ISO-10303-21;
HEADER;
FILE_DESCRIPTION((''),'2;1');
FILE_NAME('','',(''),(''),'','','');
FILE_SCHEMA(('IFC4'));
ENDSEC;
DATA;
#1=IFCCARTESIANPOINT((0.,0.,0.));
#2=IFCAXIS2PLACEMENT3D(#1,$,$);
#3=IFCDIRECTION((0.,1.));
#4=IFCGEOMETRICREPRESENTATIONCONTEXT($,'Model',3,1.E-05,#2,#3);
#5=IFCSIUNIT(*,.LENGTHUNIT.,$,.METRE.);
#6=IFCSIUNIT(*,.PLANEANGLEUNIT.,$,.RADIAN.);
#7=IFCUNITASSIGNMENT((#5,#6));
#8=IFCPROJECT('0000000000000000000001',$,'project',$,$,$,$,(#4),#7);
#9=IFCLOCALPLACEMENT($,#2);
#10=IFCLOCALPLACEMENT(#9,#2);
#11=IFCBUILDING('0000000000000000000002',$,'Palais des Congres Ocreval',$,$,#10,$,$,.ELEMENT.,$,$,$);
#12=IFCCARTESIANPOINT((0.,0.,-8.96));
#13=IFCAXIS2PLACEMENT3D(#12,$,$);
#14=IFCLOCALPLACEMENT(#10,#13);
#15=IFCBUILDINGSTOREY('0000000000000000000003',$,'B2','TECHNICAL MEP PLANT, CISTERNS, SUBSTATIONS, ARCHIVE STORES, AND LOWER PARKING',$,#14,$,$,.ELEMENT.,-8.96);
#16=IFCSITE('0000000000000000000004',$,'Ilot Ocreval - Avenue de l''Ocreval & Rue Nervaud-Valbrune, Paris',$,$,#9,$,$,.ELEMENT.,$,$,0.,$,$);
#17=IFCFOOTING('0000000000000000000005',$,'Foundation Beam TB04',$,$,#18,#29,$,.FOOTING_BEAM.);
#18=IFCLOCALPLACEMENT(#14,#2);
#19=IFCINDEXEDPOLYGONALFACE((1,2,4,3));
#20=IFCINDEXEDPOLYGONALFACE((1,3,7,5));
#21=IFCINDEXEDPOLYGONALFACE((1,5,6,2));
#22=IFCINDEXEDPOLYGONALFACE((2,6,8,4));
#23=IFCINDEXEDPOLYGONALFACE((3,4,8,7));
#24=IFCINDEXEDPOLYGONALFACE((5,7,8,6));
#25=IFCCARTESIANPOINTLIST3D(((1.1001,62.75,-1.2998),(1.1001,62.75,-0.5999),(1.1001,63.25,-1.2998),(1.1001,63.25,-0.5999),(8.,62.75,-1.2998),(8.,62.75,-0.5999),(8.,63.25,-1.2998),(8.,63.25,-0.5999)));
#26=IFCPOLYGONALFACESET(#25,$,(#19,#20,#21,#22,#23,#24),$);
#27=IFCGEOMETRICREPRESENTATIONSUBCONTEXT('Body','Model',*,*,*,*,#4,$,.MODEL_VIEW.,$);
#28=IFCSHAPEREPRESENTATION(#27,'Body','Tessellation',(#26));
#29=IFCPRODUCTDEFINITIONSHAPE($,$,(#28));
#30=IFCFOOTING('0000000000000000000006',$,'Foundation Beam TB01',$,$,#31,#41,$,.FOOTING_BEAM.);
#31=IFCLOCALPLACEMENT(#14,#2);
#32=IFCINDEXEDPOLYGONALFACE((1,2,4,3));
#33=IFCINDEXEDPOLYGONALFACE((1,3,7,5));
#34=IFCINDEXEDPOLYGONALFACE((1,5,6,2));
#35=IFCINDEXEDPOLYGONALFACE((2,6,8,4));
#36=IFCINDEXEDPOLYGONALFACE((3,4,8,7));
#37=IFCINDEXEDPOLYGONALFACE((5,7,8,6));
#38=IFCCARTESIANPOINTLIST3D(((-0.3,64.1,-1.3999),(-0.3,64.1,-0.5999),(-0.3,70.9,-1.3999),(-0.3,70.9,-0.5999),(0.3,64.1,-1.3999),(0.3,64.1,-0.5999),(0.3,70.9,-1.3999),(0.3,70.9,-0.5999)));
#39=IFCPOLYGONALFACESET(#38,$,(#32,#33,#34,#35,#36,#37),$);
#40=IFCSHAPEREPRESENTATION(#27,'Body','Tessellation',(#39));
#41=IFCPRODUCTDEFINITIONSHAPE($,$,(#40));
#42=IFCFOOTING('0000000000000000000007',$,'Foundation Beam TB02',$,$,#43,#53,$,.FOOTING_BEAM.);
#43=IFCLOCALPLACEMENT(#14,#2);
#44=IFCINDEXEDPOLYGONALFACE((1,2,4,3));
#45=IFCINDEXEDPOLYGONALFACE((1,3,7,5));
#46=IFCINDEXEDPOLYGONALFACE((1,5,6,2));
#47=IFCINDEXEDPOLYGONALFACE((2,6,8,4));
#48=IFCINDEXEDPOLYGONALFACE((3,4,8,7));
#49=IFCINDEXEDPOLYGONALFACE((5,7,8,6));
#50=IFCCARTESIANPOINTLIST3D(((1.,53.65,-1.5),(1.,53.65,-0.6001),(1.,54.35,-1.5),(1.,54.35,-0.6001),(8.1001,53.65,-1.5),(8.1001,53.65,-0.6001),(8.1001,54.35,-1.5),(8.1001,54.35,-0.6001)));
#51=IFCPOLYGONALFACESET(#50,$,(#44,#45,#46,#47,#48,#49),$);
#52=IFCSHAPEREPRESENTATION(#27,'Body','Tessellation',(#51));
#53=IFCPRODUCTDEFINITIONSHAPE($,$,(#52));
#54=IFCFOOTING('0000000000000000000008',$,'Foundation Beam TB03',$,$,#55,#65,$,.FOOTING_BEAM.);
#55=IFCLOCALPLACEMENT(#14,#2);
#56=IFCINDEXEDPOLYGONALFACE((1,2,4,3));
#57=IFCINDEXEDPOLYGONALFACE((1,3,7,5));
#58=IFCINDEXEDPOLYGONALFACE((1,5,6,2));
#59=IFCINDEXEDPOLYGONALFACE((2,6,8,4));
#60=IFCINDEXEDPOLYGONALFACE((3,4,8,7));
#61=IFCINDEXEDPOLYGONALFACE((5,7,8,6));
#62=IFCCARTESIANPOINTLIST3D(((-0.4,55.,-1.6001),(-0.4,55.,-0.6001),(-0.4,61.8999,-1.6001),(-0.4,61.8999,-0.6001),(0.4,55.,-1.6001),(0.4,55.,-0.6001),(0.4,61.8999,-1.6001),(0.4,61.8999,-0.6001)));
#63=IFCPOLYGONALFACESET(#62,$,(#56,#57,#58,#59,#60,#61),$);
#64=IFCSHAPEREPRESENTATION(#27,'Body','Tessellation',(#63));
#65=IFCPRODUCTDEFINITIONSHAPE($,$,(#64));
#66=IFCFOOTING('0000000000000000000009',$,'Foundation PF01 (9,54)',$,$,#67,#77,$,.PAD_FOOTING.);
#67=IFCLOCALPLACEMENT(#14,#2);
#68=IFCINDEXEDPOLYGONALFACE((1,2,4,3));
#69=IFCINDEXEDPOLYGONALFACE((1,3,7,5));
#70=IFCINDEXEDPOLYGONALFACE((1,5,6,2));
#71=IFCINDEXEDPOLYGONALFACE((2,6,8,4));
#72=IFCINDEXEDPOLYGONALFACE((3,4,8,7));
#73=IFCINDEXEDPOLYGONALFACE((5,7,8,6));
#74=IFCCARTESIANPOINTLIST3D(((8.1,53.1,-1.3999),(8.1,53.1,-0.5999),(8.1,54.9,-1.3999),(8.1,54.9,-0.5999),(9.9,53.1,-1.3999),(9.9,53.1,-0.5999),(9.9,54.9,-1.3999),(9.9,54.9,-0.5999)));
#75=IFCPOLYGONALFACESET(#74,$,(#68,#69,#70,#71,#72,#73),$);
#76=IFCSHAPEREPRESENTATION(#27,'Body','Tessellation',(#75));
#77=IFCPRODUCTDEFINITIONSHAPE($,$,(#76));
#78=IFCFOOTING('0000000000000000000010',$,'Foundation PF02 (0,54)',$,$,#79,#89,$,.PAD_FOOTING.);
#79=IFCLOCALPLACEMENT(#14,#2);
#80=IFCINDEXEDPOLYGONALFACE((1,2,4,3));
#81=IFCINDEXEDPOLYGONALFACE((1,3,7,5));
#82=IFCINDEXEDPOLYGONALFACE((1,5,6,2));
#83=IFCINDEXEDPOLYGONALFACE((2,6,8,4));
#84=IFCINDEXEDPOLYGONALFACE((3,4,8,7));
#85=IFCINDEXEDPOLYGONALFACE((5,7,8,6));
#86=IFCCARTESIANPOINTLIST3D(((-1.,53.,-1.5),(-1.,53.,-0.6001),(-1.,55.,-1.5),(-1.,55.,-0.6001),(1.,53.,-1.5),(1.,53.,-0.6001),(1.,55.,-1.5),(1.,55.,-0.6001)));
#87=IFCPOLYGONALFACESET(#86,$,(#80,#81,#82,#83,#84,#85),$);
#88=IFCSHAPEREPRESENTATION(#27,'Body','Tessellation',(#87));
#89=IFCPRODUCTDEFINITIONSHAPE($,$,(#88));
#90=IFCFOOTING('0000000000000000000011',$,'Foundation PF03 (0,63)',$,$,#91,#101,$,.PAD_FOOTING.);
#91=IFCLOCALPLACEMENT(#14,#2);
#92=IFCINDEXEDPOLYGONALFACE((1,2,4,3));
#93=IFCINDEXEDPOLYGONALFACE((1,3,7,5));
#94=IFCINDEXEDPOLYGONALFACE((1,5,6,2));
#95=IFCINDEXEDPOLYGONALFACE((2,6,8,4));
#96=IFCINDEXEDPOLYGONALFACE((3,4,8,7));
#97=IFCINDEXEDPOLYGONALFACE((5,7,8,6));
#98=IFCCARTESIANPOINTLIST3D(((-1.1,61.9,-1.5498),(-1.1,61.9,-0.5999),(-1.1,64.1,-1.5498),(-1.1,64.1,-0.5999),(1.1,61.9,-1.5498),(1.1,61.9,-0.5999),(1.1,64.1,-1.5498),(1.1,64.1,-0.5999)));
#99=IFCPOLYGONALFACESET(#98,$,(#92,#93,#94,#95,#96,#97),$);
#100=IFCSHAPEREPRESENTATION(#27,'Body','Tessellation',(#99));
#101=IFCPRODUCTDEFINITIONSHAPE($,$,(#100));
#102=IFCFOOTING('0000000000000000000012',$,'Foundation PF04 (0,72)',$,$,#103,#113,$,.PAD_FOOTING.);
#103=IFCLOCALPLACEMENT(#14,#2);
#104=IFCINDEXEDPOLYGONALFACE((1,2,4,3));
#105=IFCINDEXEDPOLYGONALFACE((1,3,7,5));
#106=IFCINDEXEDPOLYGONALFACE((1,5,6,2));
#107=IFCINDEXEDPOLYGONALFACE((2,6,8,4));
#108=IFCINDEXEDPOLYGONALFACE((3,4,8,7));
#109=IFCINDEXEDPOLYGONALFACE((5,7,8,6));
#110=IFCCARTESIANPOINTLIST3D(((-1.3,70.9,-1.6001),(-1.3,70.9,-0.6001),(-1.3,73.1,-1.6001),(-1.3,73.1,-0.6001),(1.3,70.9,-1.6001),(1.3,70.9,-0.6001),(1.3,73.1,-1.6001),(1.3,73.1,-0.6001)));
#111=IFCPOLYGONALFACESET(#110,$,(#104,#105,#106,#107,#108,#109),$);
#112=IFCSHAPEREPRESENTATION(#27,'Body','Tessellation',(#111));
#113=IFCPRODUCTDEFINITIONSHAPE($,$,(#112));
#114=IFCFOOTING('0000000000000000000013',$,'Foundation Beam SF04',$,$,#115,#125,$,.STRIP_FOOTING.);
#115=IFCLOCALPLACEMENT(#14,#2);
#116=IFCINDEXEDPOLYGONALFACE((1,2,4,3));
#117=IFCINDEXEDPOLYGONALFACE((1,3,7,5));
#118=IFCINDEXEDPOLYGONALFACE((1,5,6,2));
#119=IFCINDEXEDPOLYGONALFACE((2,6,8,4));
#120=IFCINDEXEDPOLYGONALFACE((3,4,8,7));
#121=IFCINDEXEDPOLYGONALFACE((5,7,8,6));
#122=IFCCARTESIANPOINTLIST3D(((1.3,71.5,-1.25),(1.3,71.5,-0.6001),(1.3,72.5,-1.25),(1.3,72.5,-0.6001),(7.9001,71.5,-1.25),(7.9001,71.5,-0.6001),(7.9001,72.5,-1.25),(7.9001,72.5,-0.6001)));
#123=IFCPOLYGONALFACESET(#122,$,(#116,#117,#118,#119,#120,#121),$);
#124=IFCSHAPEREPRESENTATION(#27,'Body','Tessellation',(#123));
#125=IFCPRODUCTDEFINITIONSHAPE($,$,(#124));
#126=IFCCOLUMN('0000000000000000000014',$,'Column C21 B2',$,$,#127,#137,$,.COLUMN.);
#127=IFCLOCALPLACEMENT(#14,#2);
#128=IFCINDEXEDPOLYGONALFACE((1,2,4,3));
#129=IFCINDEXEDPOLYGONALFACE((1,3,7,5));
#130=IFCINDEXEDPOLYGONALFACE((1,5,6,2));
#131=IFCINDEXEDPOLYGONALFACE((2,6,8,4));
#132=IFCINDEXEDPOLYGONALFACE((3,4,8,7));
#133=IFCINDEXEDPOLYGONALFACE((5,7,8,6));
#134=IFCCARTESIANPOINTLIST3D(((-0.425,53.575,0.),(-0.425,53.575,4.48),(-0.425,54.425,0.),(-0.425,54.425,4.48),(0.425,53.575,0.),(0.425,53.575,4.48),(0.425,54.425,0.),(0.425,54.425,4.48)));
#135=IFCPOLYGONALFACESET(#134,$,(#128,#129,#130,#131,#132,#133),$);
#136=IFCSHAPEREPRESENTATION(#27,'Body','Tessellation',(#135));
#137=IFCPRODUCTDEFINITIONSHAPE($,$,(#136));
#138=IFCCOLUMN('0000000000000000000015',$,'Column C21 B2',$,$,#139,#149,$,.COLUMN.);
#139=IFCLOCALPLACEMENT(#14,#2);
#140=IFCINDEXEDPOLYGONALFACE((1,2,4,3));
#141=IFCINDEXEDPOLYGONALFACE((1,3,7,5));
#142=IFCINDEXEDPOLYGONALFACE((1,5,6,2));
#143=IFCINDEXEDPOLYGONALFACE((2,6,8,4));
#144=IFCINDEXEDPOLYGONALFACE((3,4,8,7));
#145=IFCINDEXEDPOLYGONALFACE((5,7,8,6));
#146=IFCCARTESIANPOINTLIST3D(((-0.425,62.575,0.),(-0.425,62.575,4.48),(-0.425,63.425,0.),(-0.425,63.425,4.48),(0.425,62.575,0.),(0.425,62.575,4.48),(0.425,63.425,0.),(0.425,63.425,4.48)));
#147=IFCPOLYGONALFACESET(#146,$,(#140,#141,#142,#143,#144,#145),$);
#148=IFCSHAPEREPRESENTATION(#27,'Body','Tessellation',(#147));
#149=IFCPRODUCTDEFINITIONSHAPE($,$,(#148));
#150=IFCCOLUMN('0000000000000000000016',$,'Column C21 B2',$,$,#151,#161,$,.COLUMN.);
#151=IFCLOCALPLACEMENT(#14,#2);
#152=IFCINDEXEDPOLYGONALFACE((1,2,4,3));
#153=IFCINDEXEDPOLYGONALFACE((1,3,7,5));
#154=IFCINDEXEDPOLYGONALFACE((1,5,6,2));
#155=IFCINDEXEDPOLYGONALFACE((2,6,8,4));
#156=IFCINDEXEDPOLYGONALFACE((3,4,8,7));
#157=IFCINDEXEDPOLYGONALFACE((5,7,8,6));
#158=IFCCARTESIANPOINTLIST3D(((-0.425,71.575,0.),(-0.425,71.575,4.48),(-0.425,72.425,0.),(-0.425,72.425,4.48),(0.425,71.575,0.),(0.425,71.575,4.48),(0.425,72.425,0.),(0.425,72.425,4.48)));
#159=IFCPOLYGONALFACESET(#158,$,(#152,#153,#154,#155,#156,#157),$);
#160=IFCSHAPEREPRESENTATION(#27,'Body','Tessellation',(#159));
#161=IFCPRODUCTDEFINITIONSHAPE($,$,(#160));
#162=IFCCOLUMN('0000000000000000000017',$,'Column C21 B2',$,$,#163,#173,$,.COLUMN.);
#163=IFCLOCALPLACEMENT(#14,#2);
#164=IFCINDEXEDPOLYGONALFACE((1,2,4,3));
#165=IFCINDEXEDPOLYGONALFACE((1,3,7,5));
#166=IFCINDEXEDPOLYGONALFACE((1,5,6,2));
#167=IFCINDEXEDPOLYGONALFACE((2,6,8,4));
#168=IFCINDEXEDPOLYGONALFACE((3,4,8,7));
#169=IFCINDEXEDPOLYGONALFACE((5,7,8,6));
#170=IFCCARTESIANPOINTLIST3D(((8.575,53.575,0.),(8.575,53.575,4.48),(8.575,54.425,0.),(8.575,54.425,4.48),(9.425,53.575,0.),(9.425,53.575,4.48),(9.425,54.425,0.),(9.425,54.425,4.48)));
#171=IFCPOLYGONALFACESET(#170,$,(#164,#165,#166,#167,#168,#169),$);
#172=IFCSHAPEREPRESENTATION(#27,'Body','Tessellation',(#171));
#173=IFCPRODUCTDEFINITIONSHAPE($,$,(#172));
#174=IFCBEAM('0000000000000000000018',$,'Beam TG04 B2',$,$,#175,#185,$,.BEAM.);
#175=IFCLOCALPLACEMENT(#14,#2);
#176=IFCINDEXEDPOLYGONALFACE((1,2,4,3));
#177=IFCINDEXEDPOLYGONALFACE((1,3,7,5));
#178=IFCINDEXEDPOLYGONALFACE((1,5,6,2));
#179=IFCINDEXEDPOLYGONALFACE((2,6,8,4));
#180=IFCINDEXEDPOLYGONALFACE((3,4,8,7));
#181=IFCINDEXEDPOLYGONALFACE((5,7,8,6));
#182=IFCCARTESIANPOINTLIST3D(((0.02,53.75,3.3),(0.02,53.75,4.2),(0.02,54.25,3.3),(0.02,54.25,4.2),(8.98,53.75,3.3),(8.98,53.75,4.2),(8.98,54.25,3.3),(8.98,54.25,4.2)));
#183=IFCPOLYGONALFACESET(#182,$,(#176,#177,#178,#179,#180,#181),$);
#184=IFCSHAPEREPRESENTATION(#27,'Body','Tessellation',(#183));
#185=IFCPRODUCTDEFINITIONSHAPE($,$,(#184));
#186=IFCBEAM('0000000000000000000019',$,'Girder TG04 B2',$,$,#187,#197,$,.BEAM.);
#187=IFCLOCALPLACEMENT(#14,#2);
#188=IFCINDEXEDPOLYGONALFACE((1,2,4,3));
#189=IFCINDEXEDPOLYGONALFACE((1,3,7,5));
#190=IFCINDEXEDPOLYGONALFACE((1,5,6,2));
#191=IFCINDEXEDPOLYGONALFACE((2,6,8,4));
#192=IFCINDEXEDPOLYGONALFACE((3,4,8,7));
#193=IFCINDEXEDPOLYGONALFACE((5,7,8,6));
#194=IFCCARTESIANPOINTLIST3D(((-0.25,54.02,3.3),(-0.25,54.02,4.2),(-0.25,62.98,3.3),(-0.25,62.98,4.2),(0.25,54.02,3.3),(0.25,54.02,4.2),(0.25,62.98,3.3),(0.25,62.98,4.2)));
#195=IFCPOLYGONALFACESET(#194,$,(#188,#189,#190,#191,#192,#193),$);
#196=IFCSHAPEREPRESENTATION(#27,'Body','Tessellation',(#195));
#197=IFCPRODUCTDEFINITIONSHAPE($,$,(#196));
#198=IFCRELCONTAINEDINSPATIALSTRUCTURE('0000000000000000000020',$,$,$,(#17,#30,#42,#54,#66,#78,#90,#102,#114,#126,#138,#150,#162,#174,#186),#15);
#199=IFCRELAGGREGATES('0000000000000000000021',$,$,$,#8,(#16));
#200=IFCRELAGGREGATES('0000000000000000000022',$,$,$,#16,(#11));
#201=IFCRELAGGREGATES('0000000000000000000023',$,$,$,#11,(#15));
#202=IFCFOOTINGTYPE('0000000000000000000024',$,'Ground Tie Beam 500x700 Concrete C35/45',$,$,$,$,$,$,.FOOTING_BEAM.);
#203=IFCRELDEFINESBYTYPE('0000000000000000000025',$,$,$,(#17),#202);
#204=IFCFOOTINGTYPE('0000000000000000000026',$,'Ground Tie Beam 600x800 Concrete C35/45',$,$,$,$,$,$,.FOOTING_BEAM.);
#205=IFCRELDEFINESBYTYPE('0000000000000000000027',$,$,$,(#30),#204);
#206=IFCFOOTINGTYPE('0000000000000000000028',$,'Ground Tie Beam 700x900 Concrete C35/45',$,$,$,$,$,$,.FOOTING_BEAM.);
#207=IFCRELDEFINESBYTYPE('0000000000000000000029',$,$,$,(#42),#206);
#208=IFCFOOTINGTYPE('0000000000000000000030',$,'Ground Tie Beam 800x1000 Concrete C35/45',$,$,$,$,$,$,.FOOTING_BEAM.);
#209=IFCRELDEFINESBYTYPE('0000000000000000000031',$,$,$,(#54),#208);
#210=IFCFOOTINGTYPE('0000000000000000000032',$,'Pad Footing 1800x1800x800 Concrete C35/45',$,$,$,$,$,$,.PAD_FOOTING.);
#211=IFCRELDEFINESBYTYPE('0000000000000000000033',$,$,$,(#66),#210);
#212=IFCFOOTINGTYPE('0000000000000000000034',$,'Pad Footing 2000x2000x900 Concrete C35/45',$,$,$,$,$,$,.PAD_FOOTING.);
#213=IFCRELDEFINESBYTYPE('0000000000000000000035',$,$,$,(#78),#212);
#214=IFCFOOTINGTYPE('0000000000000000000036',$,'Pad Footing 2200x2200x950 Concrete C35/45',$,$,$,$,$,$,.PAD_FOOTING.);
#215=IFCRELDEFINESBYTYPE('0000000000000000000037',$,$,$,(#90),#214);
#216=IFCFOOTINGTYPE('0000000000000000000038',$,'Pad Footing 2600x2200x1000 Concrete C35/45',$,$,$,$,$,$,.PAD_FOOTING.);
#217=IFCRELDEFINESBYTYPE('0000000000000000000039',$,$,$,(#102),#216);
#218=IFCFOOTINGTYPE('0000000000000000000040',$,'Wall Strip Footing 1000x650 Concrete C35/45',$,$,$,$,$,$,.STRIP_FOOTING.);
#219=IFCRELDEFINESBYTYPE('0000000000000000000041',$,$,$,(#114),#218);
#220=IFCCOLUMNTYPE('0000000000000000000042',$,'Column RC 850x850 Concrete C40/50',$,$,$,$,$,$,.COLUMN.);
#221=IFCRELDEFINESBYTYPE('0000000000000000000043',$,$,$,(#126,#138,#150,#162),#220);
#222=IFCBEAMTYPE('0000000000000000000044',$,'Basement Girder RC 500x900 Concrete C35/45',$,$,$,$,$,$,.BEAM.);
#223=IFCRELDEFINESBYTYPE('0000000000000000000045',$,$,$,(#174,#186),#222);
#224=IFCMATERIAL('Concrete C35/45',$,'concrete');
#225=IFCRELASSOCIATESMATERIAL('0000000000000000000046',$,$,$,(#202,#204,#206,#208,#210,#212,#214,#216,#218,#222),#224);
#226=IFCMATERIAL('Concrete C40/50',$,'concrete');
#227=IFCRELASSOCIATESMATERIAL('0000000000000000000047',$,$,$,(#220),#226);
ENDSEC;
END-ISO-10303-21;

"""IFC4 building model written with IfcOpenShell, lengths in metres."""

from ifc_helpers import new_model, si_unit, direction, frame, origin, origin_2d, place, context, subcontext, project, spatial, rectangle, extrude, material, material_profile, profile_set, type_object, element, save


model = new_model("IFC4")

# Units and contexts
model_context = context("Model", 3, precision=1e-05, world=origin(), true_north=direction((0.0, 1.0)))
body_context = subcontext(model_context, "Body", "Model", "MODEL_VIEW")
ifc_project = project(units=[si_unit("LENGTHUNIT", "METRE"), si_unit("PLANEANGLEUNIT", "RADIAN")], contexts=[model_context])

# Site, building, storey
site_placement = place(None, origin())
site = spatial("IfcSite", under=ifc_project, at=site_placement, Name="Ilot Ocreval - Avenue de l'Ocreval & Rue Nervaud-Valbrune, Paris", CompositionType="ELEMENT", RefElevation=0.0)
building_placement = place(site_placement, origin())
building = spatial("IfcBuilding", under=site, at=building_placement, Name="Palais des Congres Ocreval", CompositionType="ELEMENT")
storey_placement = place(building_placement, frame((0.0, 0.0, -8.96)))
storey = spatial("IfcBuildingStorey", under=building, at=storey_placement, Name="B2", Description="TECHNICAL MEP PLANT, CISTERNS, SUBSTATIONS, ARCHIVE STORES, AND LOWER PARKING", CompositionType="ELEMENT", Elevation=-8.96)

# Footings
ifc_material_1 = material(Name="Concrete C35/45", Category="concrete")
footing_type_1 = type_object("IfcFootingType", Name="Ground Tie Beam 500x700 Concrete C35/45", PredefinedType="FOOTING_BEAM", material=ifc_material_1)
footing_1_placement = place(storey_placement, frame((4.55, 63.0, -1.2998), z_axis=(0.0, 0.0, 1.0), x_axis=(1.0, 0.0, 0.0)))
element("IfcFooting", 1, at=footing_1_placement, inside=storey, type_object=footing_type_1, Name="Foundation Beam TB04", PredefinedType="FOOTING_BEAM", context=body_context, shape_type="SweptSolid", body=[
    extrude(rectangle(XDim=6.8999, YDim=0.5, at=origin_2d()), origin(), (0.0, 0.0, 1.0), 0.7),
])
footing_type_2 = type_object("IfcFootingType", Name="Ground Tie Beam 600x800 Concrete C35/45", PredefinedType="FOOTING_BEAM", material=ifc_material_1)
footing_2_placement = place(storey_placement, frame((0.0, 67.5, -1.3999), z_axis=(0.0, 0.0, 1.0), x_axis=(0.0, 1.0, 0.0)))
element("IfcFooting", 2, at=footing_2_placement, inside=storey, type_object=footing_type_2, Name="Foundation Beam TB01", PredefinedType="FOOTING_BEAM", context=body_context, shape_type="SweptSolid", body=[
    extrude(rectangle(XDim=6.8, YDim=0.6001, at=origin_2d()), origin(), (0.0, 0.0, 1.0), 0.8),
])
footing_type_3 = type_object("IfcFootingType", Name="Ground Tie Beam 700x900 Concrete C35/45", PredefinedType="FOOTING_BEAM", material=ifc_material_1)
footing_3_placement = place(storey_placement, frame((4.55, 54.0, -1.5), z_axis=(0.0, 0.0, 1.0), x_axis=(1.0, 0.0, 0.0)))
element("IfcFooting", 3, at=footing_3_placement, inside=storey, type_object=footing_type_3, Name="Foundation Beam TB02", PredefinedType="FOOTING_BEAM", context=body_context, shape_type="SweptSolid", body=[
    extrude(rectangle(XDim=7.1001, YDim=0.7, at=origin_2d()), origin(), (0.0, 0.0, 1.0), 0.8999),
])
footing_type_4 = type_object("IfcFootingType", Name="Ground Tie Beam 800x1000 Concrete C35/45", PredefinedType="FOOTING_BEAM", material=ifc_material_1)
footing_4_placement = place(storey_placement, frame((0.0, 58.45, -1.6001), z_axis=(0.0, 0.0, 1.0), x_axis=(0.0, 1.0, 0.0)))
element("IfcFooting", 4, at=footing_4_placement, inside=storey, type_object=footing_type_4, Name="Foundation Beam TB03", PredefinedType="FOOTING_BEAM", context=body_context, shape_type="SweptSolid", body=[
    extrude(rectangle(XDim=6.8999, YDim=0.8, at=origin_2d()), origin(), (0.0, 0.0, 1.0), 1.0),
])
footing_type_5 = type_object("IfcFootingType", Name="Pad Footing 1800x1800x800 Concrete C35/45", PredefinedType="PAD_FOOTING", material=ifc_material_1)
footing_5_placement = place(storey_placement, frame((9.0, 54.0, -1.3999), z_axis=(0.0, 0.0, 1.0), x_axis=(1.0, 0.0, 0.0)))
element("IfcFooting", 5, at=footing_5_placement, inside=storey, type_object=footing_type_5, Name="Foundation PF01 (9,54)", PredefinedType="PAD_FOOTING", context=body_context, shape_type="SweptSolid", body=[
    extrude(rectangle(XDim=1.8, YDim=1.8, at=origin_2d()), origin(), (0.0, 0.0, 1.0), 0.8),
])
footing_type_6 = type_object("IfcFootingType", Name="Pad Footing 2000x2000x900 Concrete C35/45", PredefinedType="PAD_FOOTING", material=ifc_material_1)
footing_6_placement = place(storey_placement, frame((0.0, 54.0, -1.5), z_axis=(0.0, 0.0, 1.0), x_axis=(1.0, 0.0, 0.0)))
element("IfcFooting", 6, at=footing_6_placement, inside=storey, type_object=footing_type_6, Name="Foundation PF02 (0,54)", PredefinedType="PAD_FOOTING", context=body_context, shape_type="SweptSolid", body=[
    extrude(rectangle(XDim=2.0, YDim=2.0, at=origin_2d()), origin(), (0.0, 0.0, 1.0), 0.8999),
])
footing_type_7 = type_object("IfcFootingType", Name="Pad Footing 2200x2200x950 Concrete C35/45", PredefinedType="PAD_FOOTING", material=ifc_material_1)
footing_7_placement = place(storey_placement, frame((0.0, 63.0, -1.5498), z_axis=(0.0, 0.0, 1.0), x_axis=(1.0, 0.0, 0.0)))
element("IfcFooting", 7, at=footing_7_placement, inside=storey, type_object=footing_type_7, Name="Foundation PF03 (0,63)", PredefinedType="PAD_FOOTING", context=body_context, shape_type="SweptSolid", body=[
    extrude(rectangle(XDim=2.2, YDim=2.2, at=origin_2d()), origin(), (0.0, 0.0, 1.0), 0.95),
])
footing_type_8 = type_object("IfcFootingType", Name="Pad Footing 2600x2200x1000 Concrete C35/45", PredefinedType="PAD_FOOTING", material=ifc_material_1)
footing_8_placement = place(storey_placement, frame((0.0, 72.0, -1.6001), z_axis=(0.0, 0.0, 1.0), x_axis=(1.0, 0.0, 0.0)))
element("IfcFooting", 8, at=footing_8_placement, inside=storey, type_object=footing_type_8, Name="Foundation PF04 (0,72)", PredefinedType="PAD_FOOTING", context=body_context, shape_type="SweptSolid", body=[
    extrude(rectangle(XDim=2.6001, YDim=2.2, at=origin_2d()), origin(), (0.0, 0.0, 1.0), 1.0),
])
footing_type_9 = type_object("IfcFootingType", Name="Wall Strip Footing 1000x650 Concrete C35/45", PredefinedType="STRIP_FOOTING", material=ifc_material_1)
footing_9_placement = place(storey_placement, frame((4.6001, 72.0, -1.25), z_axis=(0.0, 0.0, 1.0), x_axis=(1.0, 0.0, 0.0)))
element("IfcFooting", 9, at=footing_9_placement, inside=storey, type_object=footing_type_9, Name="Foundation Beam SF04", PredefinedType="STRIP_FOOTING", context=body_context, shape_type="SweptSolid", body=[
    extrude(rectangle(XDim=6.6001, YDim=1.0, at=origin_2d()), origin(), (0.0, 0.0, 1.0), 0.6499),
])

# Columns
ifc_material_2 = material(Name="Concrete C40/50", Category="concrete")
ifc_material_profile_1 = material_profile(ifc_material_2, rectangle(XDim=0.8501, YDim=0.8501, at=origin_2d()), Name="RC 850x850")
ifc_profile_set_1 = profile_set([ifc_material_profile_1], Name="Concrete C40/50")
column_type = type_object("IfcColumnType", Name="Column RC 850x850 Concrete C40/50", PredefinedType="COLUMN", material=ifc_profile_set_1)
for number, where, z_axis, x_axis, name in (
    (10, (0.0, 54.0, 0.0), (0.0, 0.0, 1.0), (1.0, 0.0, 0.0), "Column C21 B2"),
    (11, (0.0, 63.0, 0.0), (0.0, 0.0, 1.0), (1.0, 0.0, 0.0), "Column C21 B2"),
    (12, (0.0, 72.0, 0.0), (0.0, 0.0, 1.0), (1.0, 0.0, 0.0), "Column C21 B2"),
    (13, (9.0, 54.0, 0.0), (0.0, 0.0, 1.0), (1.0, 0.0, 0.0), "Column C21 B2"),
):
    element("IfcColumn", number, at=place(storey_placement, frame(where, z_axis=z_axis, x_axis=x_axis)), inside=storey, type_object=column_type, Name=name, PredefinedType="COLUMN", context=body_context, shape_type="SweptSolid", body=[
        extrude(rectangle(XDim=0.8501, YDim=0.8501, at=origin_2d()), origin(), (0.0, 0.0, 1.0), 4.48),
    ])

# Beams
ifc_material_profile_2 = material_profile(ifc_material_1, rectangle(XDim=0.5, YDim=0.8999, at=origin_2d()), Name="RC 500x900")
ifc_profile_set_2 = profile_set([ifc_material_profile_2], Name="Concrete C35/45")
beam_type = type_object("IfcBeamType", Name="Basement Girder RC 500x900 Concrete C35/45", PredefinedType="BEAM", material=ifc_profile_set_2)
for number, where, z_axis, x_axis, name in (
    (14, (0.02, 54.0, 3.75), (1.0, 0.0, 0.0), (0.0, 1.0, 0.0), "Beam TG04 B2"),
    (15, (0.0, 54.02, 3.75), (0.0, 1.0, 0.0), (-1.0, 0.0, 0.0), "Girder TG04 B2"),
):
    element("IfcBeam", number, at=place(storey_placement, frame(where, z_axis=z_axis, x_axis=x_axis)), inside=storey, type_object=beam_type, Name=name, PredefinedType="BEAM", context=body_context, shape_type="SweptSolid", body=[
        extrude(rectangle(XDim=0.5, YDim=0.8999, at=origin_2d()), origin(), (0.0, 0.0, 1.0), 8.96),
    ])

save(model, "model.ifc")
